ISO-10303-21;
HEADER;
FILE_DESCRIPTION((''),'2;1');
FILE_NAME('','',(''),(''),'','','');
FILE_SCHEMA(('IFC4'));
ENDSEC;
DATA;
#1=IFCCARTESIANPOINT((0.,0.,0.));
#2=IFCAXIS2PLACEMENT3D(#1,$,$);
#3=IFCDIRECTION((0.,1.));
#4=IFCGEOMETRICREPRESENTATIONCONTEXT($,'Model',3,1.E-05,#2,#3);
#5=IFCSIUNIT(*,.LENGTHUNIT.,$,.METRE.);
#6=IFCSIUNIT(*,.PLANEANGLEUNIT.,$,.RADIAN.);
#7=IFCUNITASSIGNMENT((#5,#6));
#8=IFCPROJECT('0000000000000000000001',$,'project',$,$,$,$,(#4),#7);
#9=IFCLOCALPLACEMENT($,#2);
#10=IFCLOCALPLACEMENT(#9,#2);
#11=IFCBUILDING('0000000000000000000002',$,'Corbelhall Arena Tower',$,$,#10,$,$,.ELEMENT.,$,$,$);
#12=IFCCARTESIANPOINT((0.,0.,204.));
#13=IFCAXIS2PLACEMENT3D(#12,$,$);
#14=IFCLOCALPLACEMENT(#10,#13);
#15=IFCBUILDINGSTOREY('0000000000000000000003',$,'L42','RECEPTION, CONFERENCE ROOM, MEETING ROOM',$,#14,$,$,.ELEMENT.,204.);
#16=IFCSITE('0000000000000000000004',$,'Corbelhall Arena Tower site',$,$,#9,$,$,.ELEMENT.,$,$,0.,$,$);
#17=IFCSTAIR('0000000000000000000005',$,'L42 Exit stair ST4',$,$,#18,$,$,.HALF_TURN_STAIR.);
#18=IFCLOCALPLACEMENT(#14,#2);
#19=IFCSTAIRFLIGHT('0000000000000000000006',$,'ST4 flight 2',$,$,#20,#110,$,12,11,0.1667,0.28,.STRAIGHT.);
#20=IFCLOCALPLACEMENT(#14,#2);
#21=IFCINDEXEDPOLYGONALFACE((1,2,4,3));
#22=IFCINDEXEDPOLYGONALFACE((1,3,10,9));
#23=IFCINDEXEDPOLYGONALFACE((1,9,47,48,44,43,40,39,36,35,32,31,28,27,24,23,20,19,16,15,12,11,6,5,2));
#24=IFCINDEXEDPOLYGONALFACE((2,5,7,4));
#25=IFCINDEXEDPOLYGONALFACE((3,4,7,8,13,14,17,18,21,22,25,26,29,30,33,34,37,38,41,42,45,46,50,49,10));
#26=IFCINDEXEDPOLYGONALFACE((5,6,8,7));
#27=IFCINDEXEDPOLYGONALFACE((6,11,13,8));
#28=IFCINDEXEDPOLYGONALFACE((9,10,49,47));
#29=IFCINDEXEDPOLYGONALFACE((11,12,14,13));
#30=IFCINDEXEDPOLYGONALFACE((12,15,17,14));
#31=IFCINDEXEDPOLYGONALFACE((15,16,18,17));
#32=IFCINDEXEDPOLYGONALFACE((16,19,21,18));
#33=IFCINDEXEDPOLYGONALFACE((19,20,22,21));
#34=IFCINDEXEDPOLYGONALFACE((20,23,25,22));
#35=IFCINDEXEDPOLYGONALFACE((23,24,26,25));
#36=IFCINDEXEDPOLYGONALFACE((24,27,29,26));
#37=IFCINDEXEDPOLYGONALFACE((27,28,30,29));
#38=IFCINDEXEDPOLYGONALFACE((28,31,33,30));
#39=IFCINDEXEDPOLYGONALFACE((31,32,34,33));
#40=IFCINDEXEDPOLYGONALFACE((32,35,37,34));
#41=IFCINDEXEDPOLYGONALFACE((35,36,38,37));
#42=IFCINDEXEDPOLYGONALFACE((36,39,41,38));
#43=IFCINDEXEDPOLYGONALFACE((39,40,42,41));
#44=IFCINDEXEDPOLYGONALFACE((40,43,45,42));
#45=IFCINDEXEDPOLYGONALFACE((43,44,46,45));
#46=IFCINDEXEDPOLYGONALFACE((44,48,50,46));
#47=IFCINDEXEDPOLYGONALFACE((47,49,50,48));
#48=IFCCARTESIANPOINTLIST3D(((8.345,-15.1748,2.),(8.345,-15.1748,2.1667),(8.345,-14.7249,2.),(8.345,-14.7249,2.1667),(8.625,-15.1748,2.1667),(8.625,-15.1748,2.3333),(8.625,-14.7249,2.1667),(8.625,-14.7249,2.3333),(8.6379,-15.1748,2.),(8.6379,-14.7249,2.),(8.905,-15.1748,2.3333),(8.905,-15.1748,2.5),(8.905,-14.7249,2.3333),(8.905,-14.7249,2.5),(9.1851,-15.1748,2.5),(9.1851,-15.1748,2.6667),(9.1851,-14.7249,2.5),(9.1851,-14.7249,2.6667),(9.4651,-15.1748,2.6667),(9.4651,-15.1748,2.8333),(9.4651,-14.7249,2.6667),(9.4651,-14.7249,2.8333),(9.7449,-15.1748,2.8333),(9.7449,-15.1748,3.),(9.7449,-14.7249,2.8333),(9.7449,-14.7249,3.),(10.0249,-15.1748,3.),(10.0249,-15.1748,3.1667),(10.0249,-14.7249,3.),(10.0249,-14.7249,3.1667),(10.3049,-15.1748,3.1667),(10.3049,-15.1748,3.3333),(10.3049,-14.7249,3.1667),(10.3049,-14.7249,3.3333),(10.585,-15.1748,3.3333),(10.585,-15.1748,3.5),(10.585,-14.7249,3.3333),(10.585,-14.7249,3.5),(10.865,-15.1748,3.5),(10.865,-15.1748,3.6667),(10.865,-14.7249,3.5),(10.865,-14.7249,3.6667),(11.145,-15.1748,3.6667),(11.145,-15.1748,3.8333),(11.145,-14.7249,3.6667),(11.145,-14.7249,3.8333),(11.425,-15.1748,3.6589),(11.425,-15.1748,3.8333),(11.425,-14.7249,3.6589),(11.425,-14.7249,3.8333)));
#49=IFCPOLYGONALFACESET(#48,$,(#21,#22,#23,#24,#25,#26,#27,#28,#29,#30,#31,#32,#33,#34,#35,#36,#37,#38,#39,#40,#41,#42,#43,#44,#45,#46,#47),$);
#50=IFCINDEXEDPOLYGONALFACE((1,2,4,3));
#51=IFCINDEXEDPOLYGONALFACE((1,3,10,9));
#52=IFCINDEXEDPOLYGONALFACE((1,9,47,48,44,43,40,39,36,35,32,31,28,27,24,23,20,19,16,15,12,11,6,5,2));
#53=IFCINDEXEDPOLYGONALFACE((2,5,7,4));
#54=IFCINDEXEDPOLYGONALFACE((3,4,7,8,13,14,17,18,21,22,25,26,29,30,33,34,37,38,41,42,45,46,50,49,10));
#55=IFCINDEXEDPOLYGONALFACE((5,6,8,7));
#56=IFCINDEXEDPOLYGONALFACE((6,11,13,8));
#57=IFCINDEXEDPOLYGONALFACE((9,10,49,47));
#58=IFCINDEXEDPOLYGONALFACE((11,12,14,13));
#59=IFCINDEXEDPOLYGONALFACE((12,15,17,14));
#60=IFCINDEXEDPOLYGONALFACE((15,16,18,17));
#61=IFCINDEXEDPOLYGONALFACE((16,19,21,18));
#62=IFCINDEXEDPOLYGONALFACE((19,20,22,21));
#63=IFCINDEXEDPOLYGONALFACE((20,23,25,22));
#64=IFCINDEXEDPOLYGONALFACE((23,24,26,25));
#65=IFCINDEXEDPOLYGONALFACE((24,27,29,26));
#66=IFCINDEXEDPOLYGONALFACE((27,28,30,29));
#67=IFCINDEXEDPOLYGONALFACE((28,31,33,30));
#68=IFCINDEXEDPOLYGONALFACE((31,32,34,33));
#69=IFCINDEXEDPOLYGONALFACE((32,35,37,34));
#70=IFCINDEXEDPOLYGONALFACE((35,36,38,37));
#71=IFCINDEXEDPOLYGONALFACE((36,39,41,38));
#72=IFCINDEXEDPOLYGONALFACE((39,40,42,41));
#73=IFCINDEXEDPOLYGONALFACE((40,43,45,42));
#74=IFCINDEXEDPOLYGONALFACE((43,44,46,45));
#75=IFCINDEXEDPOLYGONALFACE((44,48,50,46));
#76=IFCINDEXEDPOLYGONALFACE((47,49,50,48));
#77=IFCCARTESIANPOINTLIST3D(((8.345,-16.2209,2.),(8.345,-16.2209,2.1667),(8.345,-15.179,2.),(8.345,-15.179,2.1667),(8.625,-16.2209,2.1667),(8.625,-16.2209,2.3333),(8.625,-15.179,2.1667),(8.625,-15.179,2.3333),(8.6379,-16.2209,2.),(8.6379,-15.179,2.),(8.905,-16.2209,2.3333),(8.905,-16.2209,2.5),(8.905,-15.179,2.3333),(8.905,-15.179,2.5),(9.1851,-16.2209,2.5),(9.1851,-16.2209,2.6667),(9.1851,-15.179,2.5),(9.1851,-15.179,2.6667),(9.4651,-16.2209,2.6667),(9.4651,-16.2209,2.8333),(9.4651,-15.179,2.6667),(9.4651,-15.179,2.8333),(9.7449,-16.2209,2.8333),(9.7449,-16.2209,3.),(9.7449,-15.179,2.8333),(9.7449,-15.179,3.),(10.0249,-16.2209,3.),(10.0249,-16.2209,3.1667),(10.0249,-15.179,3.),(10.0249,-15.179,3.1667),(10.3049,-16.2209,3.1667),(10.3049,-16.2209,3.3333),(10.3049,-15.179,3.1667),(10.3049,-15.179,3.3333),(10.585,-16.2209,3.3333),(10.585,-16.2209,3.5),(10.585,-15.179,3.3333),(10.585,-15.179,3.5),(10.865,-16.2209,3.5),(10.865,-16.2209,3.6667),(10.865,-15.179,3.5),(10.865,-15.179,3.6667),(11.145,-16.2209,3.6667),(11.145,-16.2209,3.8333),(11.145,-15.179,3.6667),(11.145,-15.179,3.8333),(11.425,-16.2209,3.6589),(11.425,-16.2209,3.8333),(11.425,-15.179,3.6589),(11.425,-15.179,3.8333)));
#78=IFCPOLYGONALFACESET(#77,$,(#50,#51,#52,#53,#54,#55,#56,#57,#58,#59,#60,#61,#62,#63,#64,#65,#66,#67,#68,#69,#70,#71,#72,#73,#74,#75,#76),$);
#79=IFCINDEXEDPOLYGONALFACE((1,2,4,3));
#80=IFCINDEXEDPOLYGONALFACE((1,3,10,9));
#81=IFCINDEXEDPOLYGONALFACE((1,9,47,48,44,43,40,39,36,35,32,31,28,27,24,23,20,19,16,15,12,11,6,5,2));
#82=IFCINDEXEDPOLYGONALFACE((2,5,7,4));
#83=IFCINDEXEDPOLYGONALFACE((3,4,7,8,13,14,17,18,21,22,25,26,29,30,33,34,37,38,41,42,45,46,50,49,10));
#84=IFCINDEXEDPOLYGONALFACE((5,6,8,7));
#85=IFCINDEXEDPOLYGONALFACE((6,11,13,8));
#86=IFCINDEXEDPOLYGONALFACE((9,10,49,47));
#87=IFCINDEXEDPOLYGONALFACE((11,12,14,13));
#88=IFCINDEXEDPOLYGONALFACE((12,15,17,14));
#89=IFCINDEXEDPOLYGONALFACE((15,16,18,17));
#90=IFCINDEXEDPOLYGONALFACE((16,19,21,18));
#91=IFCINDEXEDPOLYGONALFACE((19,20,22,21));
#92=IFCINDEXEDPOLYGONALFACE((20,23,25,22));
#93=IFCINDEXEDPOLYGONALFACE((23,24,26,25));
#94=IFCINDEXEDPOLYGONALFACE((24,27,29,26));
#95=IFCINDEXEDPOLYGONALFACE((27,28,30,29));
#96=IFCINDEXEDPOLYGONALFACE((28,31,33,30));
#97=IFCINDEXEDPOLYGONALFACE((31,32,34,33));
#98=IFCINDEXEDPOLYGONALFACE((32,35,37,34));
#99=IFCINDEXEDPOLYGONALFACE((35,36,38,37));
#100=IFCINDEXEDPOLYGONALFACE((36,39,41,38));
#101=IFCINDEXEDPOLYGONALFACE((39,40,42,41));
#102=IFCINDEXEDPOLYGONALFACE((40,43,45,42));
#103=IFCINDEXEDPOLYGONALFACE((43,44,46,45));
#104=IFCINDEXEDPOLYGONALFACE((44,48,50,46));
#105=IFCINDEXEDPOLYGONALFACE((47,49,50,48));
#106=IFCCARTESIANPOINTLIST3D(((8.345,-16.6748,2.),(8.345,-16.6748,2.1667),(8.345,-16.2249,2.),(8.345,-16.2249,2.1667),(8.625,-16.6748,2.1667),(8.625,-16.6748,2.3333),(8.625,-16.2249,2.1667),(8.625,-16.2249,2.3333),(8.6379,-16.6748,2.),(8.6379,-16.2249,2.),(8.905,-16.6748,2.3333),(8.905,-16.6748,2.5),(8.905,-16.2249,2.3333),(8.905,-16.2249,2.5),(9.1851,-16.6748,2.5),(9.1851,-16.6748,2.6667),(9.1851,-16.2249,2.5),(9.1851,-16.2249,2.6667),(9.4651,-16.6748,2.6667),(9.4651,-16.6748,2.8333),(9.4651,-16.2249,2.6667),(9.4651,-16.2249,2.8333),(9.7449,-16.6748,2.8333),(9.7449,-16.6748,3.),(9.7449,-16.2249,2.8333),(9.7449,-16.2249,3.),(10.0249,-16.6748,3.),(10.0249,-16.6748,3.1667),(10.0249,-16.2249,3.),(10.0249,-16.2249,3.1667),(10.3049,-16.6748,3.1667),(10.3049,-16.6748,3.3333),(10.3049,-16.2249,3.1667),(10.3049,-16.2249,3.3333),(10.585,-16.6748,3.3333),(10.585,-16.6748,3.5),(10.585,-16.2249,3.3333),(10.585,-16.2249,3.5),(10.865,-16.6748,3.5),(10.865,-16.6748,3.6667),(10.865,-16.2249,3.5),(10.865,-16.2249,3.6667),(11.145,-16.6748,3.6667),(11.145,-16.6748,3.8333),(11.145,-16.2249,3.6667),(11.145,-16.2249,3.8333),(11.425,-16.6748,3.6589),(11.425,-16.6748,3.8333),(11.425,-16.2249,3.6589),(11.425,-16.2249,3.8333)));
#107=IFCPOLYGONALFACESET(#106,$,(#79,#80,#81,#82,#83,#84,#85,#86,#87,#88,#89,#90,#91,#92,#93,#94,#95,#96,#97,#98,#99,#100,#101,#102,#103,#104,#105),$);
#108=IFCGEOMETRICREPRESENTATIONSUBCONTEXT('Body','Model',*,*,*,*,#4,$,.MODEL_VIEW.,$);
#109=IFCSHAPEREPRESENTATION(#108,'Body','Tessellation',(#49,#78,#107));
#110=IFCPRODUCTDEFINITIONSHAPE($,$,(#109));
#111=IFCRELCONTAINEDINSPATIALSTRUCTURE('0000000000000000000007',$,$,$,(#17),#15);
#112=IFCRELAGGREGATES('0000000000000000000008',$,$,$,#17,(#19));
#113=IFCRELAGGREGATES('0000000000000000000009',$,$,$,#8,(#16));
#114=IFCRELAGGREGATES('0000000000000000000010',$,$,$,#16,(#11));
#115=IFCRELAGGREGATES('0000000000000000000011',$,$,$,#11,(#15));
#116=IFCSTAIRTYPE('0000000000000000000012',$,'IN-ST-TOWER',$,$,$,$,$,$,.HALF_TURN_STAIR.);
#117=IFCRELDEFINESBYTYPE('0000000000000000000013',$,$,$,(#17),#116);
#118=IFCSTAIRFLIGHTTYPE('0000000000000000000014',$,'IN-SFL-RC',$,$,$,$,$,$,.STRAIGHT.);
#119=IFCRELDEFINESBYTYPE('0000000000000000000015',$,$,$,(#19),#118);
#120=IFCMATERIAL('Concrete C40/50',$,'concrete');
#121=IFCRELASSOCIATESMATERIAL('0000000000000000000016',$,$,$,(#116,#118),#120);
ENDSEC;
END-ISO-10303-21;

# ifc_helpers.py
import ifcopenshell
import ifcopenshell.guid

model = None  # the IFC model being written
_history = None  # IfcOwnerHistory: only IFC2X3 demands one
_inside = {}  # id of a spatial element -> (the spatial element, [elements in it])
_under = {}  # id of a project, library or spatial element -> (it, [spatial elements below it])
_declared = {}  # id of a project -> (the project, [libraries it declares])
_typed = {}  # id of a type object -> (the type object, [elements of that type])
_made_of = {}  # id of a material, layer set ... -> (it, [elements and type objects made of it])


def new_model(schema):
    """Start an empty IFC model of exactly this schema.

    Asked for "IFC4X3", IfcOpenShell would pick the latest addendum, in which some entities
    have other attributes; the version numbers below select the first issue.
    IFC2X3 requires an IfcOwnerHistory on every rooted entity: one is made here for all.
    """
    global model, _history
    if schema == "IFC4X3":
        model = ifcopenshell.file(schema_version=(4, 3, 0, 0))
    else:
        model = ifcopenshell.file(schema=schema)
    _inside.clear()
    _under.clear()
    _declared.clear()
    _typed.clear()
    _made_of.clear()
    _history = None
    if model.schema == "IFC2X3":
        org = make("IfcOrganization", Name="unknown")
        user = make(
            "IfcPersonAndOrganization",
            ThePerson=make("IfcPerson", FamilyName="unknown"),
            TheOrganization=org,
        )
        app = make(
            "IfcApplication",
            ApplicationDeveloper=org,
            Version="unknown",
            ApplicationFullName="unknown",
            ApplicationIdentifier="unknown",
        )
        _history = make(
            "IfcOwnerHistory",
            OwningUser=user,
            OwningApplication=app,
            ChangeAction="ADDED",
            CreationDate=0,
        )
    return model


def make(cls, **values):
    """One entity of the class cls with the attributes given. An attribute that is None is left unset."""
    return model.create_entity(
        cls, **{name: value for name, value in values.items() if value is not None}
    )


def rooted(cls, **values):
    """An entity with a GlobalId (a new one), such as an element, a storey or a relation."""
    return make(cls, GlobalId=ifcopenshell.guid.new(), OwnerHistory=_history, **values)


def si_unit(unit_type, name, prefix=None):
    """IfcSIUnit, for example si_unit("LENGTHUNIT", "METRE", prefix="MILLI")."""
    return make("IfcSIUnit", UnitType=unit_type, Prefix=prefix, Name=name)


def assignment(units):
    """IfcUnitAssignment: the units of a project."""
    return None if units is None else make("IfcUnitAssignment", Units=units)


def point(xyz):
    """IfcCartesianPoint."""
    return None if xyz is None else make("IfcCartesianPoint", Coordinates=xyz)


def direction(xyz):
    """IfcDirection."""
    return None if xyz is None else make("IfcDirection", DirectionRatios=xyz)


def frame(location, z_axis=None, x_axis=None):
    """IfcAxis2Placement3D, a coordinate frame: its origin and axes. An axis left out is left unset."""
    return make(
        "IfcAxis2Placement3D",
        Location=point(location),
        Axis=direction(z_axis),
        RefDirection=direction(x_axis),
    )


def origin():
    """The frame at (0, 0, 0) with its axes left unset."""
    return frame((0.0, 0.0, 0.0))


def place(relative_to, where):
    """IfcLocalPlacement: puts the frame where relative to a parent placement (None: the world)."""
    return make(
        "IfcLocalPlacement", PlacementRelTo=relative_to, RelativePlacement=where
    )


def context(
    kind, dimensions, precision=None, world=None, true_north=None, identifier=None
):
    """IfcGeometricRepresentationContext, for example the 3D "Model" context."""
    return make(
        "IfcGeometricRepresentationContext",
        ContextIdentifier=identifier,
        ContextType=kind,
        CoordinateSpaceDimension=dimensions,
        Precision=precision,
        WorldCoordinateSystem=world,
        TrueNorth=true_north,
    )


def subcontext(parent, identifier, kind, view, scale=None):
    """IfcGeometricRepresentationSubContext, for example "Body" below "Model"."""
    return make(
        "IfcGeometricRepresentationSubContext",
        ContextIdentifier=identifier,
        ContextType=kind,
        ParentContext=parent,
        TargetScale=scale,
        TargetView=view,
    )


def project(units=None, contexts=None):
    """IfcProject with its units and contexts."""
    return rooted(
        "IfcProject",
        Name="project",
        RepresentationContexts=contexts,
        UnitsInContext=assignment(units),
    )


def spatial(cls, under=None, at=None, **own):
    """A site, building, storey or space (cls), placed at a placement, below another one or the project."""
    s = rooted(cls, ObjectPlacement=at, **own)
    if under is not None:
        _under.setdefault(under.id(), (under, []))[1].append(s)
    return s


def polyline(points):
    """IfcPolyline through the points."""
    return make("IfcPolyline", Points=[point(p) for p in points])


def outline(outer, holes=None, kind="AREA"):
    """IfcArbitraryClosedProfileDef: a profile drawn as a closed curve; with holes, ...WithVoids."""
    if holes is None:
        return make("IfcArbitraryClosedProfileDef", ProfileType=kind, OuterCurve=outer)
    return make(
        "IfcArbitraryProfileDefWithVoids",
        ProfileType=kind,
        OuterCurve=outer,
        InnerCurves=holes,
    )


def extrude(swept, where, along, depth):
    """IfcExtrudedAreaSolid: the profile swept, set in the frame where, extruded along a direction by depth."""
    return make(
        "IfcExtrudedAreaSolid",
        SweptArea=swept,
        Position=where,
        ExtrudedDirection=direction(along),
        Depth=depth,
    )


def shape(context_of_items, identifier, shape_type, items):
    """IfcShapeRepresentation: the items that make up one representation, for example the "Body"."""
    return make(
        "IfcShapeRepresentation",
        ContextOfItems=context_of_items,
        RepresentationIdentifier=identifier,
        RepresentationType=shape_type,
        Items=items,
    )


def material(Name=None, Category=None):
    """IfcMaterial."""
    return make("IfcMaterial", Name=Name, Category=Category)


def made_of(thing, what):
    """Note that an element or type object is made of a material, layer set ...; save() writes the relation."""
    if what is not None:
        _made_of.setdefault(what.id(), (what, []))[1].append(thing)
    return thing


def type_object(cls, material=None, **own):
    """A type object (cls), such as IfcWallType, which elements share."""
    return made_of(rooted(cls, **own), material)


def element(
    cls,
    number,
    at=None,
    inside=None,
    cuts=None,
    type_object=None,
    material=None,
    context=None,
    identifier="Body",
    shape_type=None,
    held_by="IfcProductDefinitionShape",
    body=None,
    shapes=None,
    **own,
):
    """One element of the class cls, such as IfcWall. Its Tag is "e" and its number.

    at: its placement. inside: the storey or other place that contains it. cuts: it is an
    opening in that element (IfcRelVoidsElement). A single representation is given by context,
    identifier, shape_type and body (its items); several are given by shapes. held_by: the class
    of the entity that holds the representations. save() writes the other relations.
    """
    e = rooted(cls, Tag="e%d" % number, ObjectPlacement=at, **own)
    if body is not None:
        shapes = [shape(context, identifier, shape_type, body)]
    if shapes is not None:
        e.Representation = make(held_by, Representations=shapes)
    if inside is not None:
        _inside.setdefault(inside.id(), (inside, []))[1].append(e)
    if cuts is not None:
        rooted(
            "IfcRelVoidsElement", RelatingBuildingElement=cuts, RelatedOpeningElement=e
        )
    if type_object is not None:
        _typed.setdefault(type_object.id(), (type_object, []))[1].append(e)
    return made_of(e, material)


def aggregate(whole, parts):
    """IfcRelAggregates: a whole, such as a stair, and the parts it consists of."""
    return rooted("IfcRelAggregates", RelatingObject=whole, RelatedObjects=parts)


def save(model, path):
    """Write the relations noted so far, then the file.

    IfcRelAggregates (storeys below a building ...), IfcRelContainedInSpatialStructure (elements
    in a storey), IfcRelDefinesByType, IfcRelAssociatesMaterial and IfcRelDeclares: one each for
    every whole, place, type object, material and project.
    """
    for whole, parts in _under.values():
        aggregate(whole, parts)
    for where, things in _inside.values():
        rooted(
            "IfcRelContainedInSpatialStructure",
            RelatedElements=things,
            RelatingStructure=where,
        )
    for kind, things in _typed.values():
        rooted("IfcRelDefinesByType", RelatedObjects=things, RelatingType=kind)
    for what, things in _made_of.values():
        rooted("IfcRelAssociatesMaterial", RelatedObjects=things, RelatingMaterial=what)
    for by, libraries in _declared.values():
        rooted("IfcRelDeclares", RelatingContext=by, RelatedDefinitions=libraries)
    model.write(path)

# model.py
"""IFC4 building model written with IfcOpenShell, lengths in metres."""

from ifc_helpers import new_model, si_unit, direction, frame, origin, place, context, subcontext, project, spatial, polyline, outline, extrude, material, type_object, element, aggregate, save


model = new_model("IFC4")

# Units and contexts
model_context = context("Model", 3, precision=1e-05, world=origin(), true_north=direction((0.0, 1.0)))
body_context = subcontext(model_context, "Body", "Model", "MODEL_VIEW")
ifc_project = project(units=[si_unit("LENGTHUNIT", "METRE"), si_unit("PLANEANGLEUNIT", "RADIAN")], contexts=[model_context])

# Site, building, storey
site_placement = place(None, origin())
site = spatial("IfcSite", under=ifc_project, at=site_placement, Name="Corbelhall Arena Tower site", CompositionType="ELEMENT", RefElevation=0.0)
building_placement = place(site_placement, origin())
building = spatial("IfcBuilding", under=site, at=building_placement, Name="Corbelhall Arena Tower", CompositionType="ELEMENT")
storey_placement = place(building_placement, frame((0.0, 0.0, 204.0)))
storey = spatial("IfcBuildingStorey", under=building, at=storey_placement, Name="L42", Description="RECEPTION, CONFERENCE ROOM, MEETING ROOM", CompositionType="ELEMENT", Elevation=204.0)

# Shared definitions
ifc_material_1 = material(Name="Concrete C40/50", Category="concrete")

# Stair, stair flight
stair_type = type_object("IfcStairType", Name="IN-ST-TOWER", PredefinedType="HALF_TURN_STAIR", material=ifc_material_1)
stair_placement = place(storey_placement, origin())
stair = element("IfcStair", 1, at=stair_placement, inside=storey, type_object=stair_type, Name="L42 Exit stair ST4", PredefinedType="HALF_TURN_STAIR")
stair_flight_type = type_object("IfcStairFlightType", Name="IN-SFL-RC", PredefinedType="STRAIGHT", material=ifc_material_1)
stair_flight_placement = place(storey_placement, frame((8.345, -15.7, 2.0), z_axis=(0.0, 0.0, 1.0), x_axis=(1.0, 0.0, 0.0)))
stair_flight = element("IfcStairFlight", 2, at=stair_flight_placement, type_object=stair_flight_type, Name="ST4 flight 2", NumberOfRisers=12, NumberOfTreads=11, PredefinedType="STRAIGHT", RiserHeight=0.1667, TreadLength=0.28, context=body_context, shape_type="SweptSolid", body=[
    extrude(outline(polyline([(0.0, 0.0), (0.0, 0.1667), (0.28, 0.1667), (0.28, 0.3333), (0.5601, 0.3333), (0.5601, 0.5), (0.8401, 0.5), (0.8401, 0.6667), (1.1201, 0.6667), (1.1201, 0.8333), (1.3999, 0.8333), (1.3999, 1.0), (1.6799, 1.0), (1.6799, 1.1667), (1.96, 1.1667), (1.96, 1.3333), (2.24, 1.3333), (2.24, 1.5), (2.52, 1.5), (2.52, 1.6667), (2.8, 1.6667), (2.8, 1.8333), (3.0801, 1.8333), (3.0801, 2.0), (3.0801, 1.6589), (0.293, 0.0), (0.0, 0.0)])), frame((0.0, 0.9751, 0.0), z_axis=(0.0, -1.0, 0.0), x_axis=(1.0, 0.0, 0.0)), (0.0, 0.0, 1.0), 0.45),
    extrude(outline(polyline([(0.0, 0.0), (0.0, 0.1667), (0.28, 0.1667), (0.28, 0.3333), (0.5601, 0.3333), (0.5601, 0.5), (0.8401, 0.5), (0.8401, 0.6667), (1.1201, 0.6667), (1.1201, 0.8333), (1.3999, 0.8333), (1.3999, 1.0), (1.6799, 1.0), (1.6799, 1.1667), (1.96, 1.1667), (1.96, 1.3333), (2.24, 1.3333), (2.24, 1.5), (2.52, 1.5), (2.52, 1.6667), (2.8, 1.6667), (2.8, 1.8333), (3.0801, 1.8333), (3.0801, 2.0), (3.0801, 1.6589), (0.293, 0.0), (0.0, 0.0)])), frame((0.0, 0.521, 0.0), z_axis=(0.0, -1.0, 0.0), x_axis=(1.0, 0.0, 0.0)), (0.0, 0.0, 1.0), 1.042),
    extrude(outline(polyline([(0.0, 0.0), (0.0, 0.1667), (0.28, 0.1667), (0.28, 0.3333), (0.5601, 0.3333), (0.5601, 0.5), (0.8401, 0.5), (0.8401, 0.6667), (1.1201, 0.6667), (1.1201, 0.8333), (1.3999, 0.8333), (1.3999, 1.0), (1.6799, 1.0), (1.6799, 1.1667), (1.96, 1.1667), (1.96, 1.3333), (2.24, 1.3333), (2.24, 1.5), (2.52, 1.5), (2.52, 1.6667), (2.8, 1.6667), (2.8, 1.8333), (3.0801, 1.8333), (3.0801, 2.0), (3.0801, 1.6589), (0.293, 0.0), (0.0, 0.0)])), frame((0.0, -0.5249, 0.0), z_axis=(0.0, -1.0, 0.0), x_axis=(1.0, 0.0, 0.0)), (0.0, 0.0, 1.0), 0.45),
])
aggregate(stair, [stair_flight])

save(model, "model.ifc")
